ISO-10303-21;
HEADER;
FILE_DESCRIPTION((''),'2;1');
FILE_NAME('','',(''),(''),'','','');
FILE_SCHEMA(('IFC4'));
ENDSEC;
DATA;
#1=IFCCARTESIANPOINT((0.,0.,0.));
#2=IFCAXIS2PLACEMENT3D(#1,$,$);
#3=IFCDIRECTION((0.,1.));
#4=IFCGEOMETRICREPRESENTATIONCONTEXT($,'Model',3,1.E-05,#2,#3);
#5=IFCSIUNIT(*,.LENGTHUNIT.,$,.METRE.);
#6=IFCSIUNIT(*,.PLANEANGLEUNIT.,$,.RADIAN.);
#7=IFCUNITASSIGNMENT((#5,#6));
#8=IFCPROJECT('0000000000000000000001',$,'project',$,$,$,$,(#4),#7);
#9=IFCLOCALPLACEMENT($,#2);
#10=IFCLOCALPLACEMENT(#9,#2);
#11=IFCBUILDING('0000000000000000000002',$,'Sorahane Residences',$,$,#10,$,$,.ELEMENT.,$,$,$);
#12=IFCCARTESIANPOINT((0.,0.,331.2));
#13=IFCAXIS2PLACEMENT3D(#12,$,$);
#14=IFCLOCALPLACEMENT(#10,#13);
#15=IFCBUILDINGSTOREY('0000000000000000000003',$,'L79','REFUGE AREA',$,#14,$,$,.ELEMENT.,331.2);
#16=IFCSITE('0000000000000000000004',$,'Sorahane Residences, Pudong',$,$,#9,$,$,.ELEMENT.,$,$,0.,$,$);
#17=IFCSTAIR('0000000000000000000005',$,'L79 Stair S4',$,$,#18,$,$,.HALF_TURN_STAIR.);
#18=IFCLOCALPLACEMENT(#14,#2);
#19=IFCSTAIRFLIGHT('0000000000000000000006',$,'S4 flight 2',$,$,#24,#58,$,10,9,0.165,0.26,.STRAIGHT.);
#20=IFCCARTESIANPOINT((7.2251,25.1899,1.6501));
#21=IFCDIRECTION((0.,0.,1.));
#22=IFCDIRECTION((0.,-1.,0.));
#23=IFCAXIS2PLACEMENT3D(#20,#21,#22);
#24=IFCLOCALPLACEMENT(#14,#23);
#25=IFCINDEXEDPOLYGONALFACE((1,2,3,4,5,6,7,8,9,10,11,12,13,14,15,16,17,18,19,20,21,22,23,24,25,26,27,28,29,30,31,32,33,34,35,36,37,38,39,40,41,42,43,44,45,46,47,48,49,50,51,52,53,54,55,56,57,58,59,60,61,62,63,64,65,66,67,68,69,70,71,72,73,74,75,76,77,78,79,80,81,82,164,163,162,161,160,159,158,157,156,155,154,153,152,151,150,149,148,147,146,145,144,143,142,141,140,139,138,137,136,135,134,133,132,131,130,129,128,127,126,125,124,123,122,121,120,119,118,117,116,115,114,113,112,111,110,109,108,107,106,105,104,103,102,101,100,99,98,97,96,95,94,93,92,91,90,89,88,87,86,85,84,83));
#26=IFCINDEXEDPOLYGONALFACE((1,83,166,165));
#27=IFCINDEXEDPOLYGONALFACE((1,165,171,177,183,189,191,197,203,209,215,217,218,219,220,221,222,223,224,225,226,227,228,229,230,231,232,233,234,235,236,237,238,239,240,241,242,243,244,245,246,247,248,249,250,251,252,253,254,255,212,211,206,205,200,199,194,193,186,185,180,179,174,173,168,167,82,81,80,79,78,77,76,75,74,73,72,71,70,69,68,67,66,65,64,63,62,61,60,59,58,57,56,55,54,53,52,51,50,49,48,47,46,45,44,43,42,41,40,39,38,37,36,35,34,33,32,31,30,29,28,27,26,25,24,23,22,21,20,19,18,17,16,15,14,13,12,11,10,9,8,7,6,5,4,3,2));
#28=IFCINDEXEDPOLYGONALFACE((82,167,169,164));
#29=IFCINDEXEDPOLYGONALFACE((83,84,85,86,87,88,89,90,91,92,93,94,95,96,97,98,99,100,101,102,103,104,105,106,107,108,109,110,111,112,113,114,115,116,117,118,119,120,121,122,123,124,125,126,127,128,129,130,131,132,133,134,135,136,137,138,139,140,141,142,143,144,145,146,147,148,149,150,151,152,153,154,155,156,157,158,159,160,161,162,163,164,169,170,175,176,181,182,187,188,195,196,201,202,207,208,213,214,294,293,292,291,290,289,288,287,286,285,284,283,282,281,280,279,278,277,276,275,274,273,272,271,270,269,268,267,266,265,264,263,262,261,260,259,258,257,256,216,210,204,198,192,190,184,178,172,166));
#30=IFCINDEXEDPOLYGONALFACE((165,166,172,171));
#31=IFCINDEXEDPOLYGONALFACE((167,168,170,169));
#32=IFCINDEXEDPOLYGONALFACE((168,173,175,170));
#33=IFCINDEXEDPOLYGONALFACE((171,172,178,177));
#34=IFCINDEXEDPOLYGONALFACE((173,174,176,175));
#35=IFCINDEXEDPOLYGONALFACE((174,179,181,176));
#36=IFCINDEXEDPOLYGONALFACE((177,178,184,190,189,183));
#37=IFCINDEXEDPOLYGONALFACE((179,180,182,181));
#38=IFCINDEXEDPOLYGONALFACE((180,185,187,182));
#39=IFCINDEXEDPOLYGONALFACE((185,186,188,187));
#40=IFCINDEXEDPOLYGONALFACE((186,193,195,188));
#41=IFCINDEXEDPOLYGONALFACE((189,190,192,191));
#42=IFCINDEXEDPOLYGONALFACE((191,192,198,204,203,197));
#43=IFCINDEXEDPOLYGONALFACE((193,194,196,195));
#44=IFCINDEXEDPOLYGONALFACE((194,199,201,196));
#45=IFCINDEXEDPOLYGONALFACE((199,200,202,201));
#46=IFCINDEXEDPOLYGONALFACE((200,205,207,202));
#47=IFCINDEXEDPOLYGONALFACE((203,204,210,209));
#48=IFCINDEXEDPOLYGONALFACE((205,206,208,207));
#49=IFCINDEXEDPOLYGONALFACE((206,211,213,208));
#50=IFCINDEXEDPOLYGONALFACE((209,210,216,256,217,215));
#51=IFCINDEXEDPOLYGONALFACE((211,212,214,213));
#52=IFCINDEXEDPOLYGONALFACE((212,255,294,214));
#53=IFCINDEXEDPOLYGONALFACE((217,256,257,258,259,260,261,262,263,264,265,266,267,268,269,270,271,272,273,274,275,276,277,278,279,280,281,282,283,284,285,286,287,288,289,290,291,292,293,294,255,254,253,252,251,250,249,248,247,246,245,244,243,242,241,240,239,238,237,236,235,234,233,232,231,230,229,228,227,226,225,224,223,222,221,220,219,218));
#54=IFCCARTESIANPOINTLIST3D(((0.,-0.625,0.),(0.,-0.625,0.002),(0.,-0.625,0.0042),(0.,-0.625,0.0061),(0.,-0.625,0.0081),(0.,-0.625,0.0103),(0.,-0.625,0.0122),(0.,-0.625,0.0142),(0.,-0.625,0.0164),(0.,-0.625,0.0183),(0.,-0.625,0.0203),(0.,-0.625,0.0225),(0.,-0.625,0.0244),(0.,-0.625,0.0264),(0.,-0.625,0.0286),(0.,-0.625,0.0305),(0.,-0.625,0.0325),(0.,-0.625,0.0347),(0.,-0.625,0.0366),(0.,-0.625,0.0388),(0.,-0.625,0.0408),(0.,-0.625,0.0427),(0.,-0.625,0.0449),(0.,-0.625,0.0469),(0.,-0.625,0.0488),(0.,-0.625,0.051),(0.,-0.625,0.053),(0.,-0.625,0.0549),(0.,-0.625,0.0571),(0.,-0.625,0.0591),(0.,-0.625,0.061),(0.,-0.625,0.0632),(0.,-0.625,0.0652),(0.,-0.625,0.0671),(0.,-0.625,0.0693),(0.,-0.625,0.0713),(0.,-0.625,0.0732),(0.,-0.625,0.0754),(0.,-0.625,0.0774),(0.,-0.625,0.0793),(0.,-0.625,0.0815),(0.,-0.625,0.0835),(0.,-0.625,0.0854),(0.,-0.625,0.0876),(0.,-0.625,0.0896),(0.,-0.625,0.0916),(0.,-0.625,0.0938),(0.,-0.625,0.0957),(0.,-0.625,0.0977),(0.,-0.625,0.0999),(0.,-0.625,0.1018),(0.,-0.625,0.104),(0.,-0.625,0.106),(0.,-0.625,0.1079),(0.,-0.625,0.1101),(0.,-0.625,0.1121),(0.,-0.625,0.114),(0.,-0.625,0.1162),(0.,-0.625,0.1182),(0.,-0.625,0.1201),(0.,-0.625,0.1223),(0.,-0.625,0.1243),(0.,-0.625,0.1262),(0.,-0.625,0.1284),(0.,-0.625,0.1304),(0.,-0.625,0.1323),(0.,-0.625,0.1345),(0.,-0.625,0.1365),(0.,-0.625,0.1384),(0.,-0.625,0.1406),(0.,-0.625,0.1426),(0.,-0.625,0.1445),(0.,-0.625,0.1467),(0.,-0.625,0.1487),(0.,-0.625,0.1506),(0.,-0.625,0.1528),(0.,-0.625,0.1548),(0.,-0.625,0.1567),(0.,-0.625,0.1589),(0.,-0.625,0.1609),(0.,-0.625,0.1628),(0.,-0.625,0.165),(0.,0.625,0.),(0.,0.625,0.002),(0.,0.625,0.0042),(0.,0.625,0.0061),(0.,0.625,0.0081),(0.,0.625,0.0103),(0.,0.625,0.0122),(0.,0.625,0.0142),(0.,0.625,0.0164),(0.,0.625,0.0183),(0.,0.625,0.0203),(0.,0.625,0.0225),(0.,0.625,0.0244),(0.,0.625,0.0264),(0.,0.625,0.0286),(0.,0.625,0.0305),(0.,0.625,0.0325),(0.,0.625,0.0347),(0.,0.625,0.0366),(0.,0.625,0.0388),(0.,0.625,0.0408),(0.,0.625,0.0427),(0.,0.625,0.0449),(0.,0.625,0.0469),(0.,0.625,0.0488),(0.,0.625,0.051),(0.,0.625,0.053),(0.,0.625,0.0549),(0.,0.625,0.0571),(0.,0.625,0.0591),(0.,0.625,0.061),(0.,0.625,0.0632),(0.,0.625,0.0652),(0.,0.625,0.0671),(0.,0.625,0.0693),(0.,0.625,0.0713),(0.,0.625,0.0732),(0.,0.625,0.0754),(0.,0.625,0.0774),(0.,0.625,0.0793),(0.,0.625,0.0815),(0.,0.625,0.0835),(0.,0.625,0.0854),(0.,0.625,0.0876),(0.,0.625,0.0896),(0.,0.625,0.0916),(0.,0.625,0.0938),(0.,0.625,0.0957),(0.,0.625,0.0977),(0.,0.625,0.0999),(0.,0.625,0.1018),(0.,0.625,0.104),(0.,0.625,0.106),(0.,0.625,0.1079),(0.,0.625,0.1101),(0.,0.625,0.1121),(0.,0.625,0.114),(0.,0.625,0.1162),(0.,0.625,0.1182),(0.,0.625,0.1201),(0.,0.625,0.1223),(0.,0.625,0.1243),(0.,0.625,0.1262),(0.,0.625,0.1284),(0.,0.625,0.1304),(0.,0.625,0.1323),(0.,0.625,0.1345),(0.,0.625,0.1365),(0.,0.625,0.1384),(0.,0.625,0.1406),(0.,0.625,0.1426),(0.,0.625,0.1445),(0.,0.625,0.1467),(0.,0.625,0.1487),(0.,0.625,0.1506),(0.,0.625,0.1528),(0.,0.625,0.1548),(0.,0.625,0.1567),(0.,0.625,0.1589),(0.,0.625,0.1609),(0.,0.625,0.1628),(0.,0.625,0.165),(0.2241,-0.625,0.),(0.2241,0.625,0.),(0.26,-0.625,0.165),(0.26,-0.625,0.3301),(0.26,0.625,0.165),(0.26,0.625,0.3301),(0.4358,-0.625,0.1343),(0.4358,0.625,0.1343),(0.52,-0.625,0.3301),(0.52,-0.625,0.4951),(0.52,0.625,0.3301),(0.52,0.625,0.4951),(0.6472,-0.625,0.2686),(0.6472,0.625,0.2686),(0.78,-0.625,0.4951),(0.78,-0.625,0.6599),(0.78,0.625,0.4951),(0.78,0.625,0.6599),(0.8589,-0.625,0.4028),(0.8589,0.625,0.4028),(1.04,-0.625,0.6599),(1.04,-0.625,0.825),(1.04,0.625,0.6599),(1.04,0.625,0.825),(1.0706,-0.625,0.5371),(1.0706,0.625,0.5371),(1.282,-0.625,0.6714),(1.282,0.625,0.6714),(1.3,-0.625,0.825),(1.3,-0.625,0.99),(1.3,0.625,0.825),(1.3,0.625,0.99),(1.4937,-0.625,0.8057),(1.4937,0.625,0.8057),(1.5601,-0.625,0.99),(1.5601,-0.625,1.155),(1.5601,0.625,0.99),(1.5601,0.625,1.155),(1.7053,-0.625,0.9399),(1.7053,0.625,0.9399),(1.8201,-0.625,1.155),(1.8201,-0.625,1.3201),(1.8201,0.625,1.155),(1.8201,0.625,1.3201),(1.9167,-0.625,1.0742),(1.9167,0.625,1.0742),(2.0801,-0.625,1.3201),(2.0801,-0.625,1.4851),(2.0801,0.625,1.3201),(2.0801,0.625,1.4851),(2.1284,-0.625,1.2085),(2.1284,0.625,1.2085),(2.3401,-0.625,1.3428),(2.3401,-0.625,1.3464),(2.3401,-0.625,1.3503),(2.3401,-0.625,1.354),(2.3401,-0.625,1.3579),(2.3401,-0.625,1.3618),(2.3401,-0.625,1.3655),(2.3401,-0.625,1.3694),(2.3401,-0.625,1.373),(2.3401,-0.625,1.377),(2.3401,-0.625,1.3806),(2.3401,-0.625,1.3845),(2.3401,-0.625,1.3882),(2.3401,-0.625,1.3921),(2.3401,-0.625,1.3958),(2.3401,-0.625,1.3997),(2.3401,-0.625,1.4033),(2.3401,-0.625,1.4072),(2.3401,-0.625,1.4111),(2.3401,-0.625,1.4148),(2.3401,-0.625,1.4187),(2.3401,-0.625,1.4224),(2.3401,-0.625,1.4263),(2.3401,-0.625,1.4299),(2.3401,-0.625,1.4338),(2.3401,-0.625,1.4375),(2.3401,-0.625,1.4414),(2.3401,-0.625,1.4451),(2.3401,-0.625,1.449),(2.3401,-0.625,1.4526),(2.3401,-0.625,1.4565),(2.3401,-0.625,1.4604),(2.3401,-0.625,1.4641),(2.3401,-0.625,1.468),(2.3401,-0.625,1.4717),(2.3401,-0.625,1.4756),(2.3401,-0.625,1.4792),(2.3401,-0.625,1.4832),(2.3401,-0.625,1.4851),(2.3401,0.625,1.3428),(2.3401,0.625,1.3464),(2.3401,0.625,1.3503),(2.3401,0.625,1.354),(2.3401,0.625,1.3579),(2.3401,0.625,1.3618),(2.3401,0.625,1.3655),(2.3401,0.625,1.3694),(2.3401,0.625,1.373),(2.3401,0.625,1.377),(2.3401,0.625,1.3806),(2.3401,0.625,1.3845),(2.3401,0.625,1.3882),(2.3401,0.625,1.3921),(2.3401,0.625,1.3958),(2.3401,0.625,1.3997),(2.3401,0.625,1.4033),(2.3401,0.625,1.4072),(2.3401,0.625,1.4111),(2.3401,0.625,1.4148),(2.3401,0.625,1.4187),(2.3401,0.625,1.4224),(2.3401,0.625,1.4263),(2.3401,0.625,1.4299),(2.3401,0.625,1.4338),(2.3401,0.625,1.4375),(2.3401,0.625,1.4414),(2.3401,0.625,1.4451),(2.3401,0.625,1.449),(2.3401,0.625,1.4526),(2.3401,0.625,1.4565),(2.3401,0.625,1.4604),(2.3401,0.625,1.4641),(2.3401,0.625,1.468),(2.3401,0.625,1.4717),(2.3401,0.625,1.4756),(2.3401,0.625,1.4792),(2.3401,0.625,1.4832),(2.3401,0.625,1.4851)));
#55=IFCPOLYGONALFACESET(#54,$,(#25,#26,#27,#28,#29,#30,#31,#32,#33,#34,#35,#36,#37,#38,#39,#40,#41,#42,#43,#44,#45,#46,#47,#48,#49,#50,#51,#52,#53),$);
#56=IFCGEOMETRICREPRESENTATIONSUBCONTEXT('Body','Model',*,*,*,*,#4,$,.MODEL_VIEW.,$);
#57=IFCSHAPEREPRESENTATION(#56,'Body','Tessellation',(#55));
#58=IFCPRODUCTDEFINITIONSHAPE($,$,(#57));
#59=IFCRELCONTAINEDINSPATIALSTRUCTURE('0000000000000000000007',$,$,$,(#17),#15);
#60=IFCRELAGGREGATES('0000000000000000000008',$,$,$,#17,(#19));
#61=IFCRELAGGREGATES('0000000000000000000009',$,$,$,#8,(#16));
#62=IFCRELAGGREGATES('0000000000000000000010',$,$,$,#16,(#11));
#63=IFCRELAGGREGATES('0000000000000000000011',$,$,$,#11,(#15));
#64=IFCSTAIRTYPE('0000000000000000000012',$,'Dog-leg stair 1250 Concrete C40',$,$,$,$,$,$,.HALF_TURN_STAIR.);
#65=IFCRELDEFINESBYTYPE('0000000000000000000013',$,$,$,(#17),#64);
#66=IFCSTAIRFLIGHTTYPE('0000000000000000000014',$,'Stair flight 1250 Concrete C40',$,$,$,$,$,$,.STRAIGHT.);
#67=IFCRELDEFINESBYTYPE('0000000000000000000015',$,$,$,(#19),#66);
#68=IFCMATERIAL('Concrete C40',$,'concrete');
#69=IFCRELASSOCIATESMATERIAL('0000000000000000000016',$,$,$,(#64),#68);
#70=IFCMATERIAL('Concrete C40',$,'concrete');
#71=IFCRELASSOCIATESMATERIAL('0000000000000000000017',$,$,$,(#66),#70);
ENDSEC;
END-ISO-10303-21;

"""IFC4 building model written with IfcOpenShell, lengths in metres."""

from ifc_helpers import new_model, si_unit, direction, frame, origin, place, context, subcontext, project, spatial, polyline, outline, extrude, material, type_object, element, aggregate, save


model = new_model("IFC4")

# Units and contexts
model_context = context("Model", 3, precision=1e-05, world=origin(), true_north=direction((0.0, 1.0)))
body_context = subcontext(model_context, "Body", "Model", "MODEL_VIEW")
ifc_project = project(units=[si_unit("LENGTHUNIT", "METRE"), si_unit("PLANEANGLEUNIT", "RADIAN")], contexts=[model_context])

# Site, building, storey
site_placement = place(None, origin())
site = spatial("IfcSite", under=ifc_project, at=site_placement, Name="Sorahane Residences, Pudong", CompositionType="ELEMENT", RefElevation=0.0)
building_placement = place(site_placement, origin())
building = spatial("IfcBuilding", under=site, at=building_placement, Name="Sorahane Residences", CompositionType="ELEMENT")
storey_placement = place(building_placement, frame((0.0, 0.0, 331.2)))
storey = spatial("IfcBuildingStorey", under=building, at=storey_placement, Name="L79", Description="REFUGE AREA", CompositionType="ELEMENT", Elevation=331.2)

# Shared definitions
ifc_material_1 = material(Name="Concrete C40", Category="concrete")
stair_type = type_object("IfcStairType", Name="Dog-leg stair 1250 Concrete C40", PredefinedType="HALF_TURN_STAIR", material=ifc_material_1)
ifc_material_2 = material(Name="Concrete C40", Category="concrete")
stair_flight_type = type_object("IfcStairFlightType", Name="Stair flight 1250 Concrete C40", PredefinedType="STRAIGHT", material=ifc_material_2)

# Stair, stair flight
stair_1_placement = place(storey_placement, origin())
stair_1 = element("IfcStair", 1, at=stair_1_placement, inside=storey, type_object=stair_type, Name="L79 Stair S4", PredefinedType="HALF_TURN_STAIR")
stair_flight_1_placement = place(storey_placement, frame((7.2251, 25.1899, 1.6501), z_axis=(0.0, 0.0, 1.0), x_axis=(0.0, -1.0, 0.0)))
stair_flight_1 = element("IfcStairFlight", 2, at=stair_flight_1_placement, type_object=stair_flight_type, Name="S4 flight 2", NumberOfRisers=10, NumberOfTreads=9, PredefinedType="STRAIGHT", RiserHeight=0.165, TreadLength=0.26, context=body_context, shape_type="SweptSolid", body=[
    extrude(outline(polyline([(0.0, 0.0), (0.0, 0.002), (0.0, 0.0042), (0.0, 0.0061), (0.0, 0.0081), (0.0, 0.0103), (0.0, 0.0122), (0.0, 0.0142), (0.0, 0.0164), (0.0, 0.0183), (0.0, 0.0203), (0.0, 0.0225), (0.0, 0.0244), (0.0, 0.0264), (0.0, 0.0286), (0.0, 0.0305), (0.0, 0.0325), (0.0, 0.0347), (0.0, 0.0366), (0.0, 0.0388), (0.0, 0.0408), (0.0, 0.0427), (0.0, 0.0449), (0.0, 0.0469), (0.0, 0.0488), (0.0, 0.051), (0.0, 0.053), (0.0, 0.0549), (0.0, 0.0571), (0.0, 0.0591), (0.0, 0.061), (0.0, 0.0632), (0.0, 0.0652), (0.0, 0.0671), (0.0, 0.0693), (0.0, 0.0713), (0.0, 0.0732), (0.0, 0.0754), (0.0, 0.0774), (0.0, 0.0793), (0.0, 0.0815), (0.0, 0.0835), (0.0, 0.0854), (0.0, 0.0876), (0.0, 0.0896), (0.0, 0.0916), (0.0, 0.0938), (0.0, 0.0957), (0.0, 0.0977), (0.0, 0.0999), (0.0, 0.1018), (0.0, 0.104), (0.0, 0.106), (0.0, 0.1079), (0.0, 0.1101), (0.0, 0.1121), (0.0, 0.114), (0.0, 0.1162), (0.0, 0.1182), (0.0, 0.1201), (0.0, 0.1223), (0.0, 0.1243), (0.0, 0.1262), (0.0, 0.1284), (0.0, 0.1304), (0.0, 0.1323), (0.0, 0.1345), (0.0, 0.1365), (0.0, 0.1384), (0.0, 0.1406), (0.0, 0.1426), (0.0, 0.1445), (0.0, 0.1467), (0.0, 0.1487), (0.0, 0.1506), (0.0, 0.1528), (0.0, 0.1548), (0.0, 0.1567), (0.0, 0.1589), (0.0, 0.1609), (0.0, 0.1628), (0.0, 0.165), (0.26, 0.165), (0.26, 0.3301), (0.52, 0.3301), (0.52, 0.4951), (0.78, 0.4951), (0.78, 0.6599), (1.04, 0.6599), (1.04, 0.825), (1.3, 0.825), (1.3, 0.99), (1.5601, 0.99), (1.5601, 1.155), (1.8201, 1.155), (1.8201, 1.3201), (2.0801, 1.3201), (2.0801, 1.4851), (2.3401, 1.4851), (2.3401, 1.6499), (2.3401, 1.6462), (2.3401, 1.6423), (2.3401, 1.6387), (2.3401, 1.6348), (2.3401, 1.6311), (2.3401, 1.6272), (2.3401, 1.6235), (2.3401, 1.6196), (2.3401, 1.616), (2.3401, 1.6121), (2.3401, 1.6082), (2.3401, 1.6045), (2.3401, 1.6006), (2.3401, 1.5969), (2.3401, 1.593), (2.3401, 1.5894), (2.3401, 1.5854), (2.3401, 1.5818), (2.3401, 1.5779), (2.3401, 1.5742), (2.3401, 1.5703), (2.3401, 1.5667), (2.3401, 1.5627), (2.3401, 1.5588), (2.3401, 1.5552), (2.3401, 1.5513), (2.3401, 1.5476), (2.3401, 1.5437), (2.3401, 1.54), (2.3401, 1.5361), (2.3401, 1.5325), (2.3401, 1.5286), (2.3401, 1.5249), (2.3401, 1.521), (2.3401, 1.5173), (2.3401, 1.5134), (2.3401, 1.5098), (2.3401, 1.5059), (2.3401, 1.502), (2.3401, 1.4983), (2.3401, 1.4944), (2.3401, 1.4907), (2.3401, 1.4868), (2.3401, 1.4832), (2.3401, 1.4792), (2.3401, 1.4756), (2.3401, 1.4717), (2.3401, 1.468), (2.3401, 1.4641), (2.3401, 1.4604), (2.3401, 1.4565), (2.3401, 1.4526), (2.3401, 1.449), (2.3401, 1.4451), (2.3401, 1.4414), (2.3401, 1.4375), (2.3401, 1.4338), (2.3401, 1.4299), (2.3401, 1.4263), (2.3401, 1.4224), (2.3401, 1.4187), (2.3401, 1.4148), (2.3401, 1.4111), (2.3401, 1.4072), (2.3401, 1.4033), (2.3401, 1.3997), (2.3401, 1.3958), (2.3401, 1.3921), (2.3401, 1.3882), (2.3401, 1.3845), (2.3401, 1.3806), (2.3401, 1.377), (2.3401, 1.373), (2.3401, 1.3694), (2.3401, 1.3655), (2.3401, 1.3618), (2.3401, 1.3579), (2.3401, 1.354), (2.3401, 1.3503), (2.3401, 1.3464), (2.3401, 1.3428), (2.1284, 1.2085), (1.9167, 1.0742), (1.7053, 0.9399), (1.4937, 0.8057), (1.282, 0.6714), (1.0706, 0.5371), (0.8589, 0.4028), (0.6472, 0.2686), (0.4358, 0.1343), (0.2241, 0.0), (0.0, 0.0)])), frame((0.0, 0.625, 0.0), z_axis=(0.0, -1.0, 0.0), x_axis=(1.0, 0.0, 0.0)), (0.0, 0.0, 1.0), 1.25),
])
aggregate(stair_1, [stair_flight_1])

save(model, "model.ifc")
